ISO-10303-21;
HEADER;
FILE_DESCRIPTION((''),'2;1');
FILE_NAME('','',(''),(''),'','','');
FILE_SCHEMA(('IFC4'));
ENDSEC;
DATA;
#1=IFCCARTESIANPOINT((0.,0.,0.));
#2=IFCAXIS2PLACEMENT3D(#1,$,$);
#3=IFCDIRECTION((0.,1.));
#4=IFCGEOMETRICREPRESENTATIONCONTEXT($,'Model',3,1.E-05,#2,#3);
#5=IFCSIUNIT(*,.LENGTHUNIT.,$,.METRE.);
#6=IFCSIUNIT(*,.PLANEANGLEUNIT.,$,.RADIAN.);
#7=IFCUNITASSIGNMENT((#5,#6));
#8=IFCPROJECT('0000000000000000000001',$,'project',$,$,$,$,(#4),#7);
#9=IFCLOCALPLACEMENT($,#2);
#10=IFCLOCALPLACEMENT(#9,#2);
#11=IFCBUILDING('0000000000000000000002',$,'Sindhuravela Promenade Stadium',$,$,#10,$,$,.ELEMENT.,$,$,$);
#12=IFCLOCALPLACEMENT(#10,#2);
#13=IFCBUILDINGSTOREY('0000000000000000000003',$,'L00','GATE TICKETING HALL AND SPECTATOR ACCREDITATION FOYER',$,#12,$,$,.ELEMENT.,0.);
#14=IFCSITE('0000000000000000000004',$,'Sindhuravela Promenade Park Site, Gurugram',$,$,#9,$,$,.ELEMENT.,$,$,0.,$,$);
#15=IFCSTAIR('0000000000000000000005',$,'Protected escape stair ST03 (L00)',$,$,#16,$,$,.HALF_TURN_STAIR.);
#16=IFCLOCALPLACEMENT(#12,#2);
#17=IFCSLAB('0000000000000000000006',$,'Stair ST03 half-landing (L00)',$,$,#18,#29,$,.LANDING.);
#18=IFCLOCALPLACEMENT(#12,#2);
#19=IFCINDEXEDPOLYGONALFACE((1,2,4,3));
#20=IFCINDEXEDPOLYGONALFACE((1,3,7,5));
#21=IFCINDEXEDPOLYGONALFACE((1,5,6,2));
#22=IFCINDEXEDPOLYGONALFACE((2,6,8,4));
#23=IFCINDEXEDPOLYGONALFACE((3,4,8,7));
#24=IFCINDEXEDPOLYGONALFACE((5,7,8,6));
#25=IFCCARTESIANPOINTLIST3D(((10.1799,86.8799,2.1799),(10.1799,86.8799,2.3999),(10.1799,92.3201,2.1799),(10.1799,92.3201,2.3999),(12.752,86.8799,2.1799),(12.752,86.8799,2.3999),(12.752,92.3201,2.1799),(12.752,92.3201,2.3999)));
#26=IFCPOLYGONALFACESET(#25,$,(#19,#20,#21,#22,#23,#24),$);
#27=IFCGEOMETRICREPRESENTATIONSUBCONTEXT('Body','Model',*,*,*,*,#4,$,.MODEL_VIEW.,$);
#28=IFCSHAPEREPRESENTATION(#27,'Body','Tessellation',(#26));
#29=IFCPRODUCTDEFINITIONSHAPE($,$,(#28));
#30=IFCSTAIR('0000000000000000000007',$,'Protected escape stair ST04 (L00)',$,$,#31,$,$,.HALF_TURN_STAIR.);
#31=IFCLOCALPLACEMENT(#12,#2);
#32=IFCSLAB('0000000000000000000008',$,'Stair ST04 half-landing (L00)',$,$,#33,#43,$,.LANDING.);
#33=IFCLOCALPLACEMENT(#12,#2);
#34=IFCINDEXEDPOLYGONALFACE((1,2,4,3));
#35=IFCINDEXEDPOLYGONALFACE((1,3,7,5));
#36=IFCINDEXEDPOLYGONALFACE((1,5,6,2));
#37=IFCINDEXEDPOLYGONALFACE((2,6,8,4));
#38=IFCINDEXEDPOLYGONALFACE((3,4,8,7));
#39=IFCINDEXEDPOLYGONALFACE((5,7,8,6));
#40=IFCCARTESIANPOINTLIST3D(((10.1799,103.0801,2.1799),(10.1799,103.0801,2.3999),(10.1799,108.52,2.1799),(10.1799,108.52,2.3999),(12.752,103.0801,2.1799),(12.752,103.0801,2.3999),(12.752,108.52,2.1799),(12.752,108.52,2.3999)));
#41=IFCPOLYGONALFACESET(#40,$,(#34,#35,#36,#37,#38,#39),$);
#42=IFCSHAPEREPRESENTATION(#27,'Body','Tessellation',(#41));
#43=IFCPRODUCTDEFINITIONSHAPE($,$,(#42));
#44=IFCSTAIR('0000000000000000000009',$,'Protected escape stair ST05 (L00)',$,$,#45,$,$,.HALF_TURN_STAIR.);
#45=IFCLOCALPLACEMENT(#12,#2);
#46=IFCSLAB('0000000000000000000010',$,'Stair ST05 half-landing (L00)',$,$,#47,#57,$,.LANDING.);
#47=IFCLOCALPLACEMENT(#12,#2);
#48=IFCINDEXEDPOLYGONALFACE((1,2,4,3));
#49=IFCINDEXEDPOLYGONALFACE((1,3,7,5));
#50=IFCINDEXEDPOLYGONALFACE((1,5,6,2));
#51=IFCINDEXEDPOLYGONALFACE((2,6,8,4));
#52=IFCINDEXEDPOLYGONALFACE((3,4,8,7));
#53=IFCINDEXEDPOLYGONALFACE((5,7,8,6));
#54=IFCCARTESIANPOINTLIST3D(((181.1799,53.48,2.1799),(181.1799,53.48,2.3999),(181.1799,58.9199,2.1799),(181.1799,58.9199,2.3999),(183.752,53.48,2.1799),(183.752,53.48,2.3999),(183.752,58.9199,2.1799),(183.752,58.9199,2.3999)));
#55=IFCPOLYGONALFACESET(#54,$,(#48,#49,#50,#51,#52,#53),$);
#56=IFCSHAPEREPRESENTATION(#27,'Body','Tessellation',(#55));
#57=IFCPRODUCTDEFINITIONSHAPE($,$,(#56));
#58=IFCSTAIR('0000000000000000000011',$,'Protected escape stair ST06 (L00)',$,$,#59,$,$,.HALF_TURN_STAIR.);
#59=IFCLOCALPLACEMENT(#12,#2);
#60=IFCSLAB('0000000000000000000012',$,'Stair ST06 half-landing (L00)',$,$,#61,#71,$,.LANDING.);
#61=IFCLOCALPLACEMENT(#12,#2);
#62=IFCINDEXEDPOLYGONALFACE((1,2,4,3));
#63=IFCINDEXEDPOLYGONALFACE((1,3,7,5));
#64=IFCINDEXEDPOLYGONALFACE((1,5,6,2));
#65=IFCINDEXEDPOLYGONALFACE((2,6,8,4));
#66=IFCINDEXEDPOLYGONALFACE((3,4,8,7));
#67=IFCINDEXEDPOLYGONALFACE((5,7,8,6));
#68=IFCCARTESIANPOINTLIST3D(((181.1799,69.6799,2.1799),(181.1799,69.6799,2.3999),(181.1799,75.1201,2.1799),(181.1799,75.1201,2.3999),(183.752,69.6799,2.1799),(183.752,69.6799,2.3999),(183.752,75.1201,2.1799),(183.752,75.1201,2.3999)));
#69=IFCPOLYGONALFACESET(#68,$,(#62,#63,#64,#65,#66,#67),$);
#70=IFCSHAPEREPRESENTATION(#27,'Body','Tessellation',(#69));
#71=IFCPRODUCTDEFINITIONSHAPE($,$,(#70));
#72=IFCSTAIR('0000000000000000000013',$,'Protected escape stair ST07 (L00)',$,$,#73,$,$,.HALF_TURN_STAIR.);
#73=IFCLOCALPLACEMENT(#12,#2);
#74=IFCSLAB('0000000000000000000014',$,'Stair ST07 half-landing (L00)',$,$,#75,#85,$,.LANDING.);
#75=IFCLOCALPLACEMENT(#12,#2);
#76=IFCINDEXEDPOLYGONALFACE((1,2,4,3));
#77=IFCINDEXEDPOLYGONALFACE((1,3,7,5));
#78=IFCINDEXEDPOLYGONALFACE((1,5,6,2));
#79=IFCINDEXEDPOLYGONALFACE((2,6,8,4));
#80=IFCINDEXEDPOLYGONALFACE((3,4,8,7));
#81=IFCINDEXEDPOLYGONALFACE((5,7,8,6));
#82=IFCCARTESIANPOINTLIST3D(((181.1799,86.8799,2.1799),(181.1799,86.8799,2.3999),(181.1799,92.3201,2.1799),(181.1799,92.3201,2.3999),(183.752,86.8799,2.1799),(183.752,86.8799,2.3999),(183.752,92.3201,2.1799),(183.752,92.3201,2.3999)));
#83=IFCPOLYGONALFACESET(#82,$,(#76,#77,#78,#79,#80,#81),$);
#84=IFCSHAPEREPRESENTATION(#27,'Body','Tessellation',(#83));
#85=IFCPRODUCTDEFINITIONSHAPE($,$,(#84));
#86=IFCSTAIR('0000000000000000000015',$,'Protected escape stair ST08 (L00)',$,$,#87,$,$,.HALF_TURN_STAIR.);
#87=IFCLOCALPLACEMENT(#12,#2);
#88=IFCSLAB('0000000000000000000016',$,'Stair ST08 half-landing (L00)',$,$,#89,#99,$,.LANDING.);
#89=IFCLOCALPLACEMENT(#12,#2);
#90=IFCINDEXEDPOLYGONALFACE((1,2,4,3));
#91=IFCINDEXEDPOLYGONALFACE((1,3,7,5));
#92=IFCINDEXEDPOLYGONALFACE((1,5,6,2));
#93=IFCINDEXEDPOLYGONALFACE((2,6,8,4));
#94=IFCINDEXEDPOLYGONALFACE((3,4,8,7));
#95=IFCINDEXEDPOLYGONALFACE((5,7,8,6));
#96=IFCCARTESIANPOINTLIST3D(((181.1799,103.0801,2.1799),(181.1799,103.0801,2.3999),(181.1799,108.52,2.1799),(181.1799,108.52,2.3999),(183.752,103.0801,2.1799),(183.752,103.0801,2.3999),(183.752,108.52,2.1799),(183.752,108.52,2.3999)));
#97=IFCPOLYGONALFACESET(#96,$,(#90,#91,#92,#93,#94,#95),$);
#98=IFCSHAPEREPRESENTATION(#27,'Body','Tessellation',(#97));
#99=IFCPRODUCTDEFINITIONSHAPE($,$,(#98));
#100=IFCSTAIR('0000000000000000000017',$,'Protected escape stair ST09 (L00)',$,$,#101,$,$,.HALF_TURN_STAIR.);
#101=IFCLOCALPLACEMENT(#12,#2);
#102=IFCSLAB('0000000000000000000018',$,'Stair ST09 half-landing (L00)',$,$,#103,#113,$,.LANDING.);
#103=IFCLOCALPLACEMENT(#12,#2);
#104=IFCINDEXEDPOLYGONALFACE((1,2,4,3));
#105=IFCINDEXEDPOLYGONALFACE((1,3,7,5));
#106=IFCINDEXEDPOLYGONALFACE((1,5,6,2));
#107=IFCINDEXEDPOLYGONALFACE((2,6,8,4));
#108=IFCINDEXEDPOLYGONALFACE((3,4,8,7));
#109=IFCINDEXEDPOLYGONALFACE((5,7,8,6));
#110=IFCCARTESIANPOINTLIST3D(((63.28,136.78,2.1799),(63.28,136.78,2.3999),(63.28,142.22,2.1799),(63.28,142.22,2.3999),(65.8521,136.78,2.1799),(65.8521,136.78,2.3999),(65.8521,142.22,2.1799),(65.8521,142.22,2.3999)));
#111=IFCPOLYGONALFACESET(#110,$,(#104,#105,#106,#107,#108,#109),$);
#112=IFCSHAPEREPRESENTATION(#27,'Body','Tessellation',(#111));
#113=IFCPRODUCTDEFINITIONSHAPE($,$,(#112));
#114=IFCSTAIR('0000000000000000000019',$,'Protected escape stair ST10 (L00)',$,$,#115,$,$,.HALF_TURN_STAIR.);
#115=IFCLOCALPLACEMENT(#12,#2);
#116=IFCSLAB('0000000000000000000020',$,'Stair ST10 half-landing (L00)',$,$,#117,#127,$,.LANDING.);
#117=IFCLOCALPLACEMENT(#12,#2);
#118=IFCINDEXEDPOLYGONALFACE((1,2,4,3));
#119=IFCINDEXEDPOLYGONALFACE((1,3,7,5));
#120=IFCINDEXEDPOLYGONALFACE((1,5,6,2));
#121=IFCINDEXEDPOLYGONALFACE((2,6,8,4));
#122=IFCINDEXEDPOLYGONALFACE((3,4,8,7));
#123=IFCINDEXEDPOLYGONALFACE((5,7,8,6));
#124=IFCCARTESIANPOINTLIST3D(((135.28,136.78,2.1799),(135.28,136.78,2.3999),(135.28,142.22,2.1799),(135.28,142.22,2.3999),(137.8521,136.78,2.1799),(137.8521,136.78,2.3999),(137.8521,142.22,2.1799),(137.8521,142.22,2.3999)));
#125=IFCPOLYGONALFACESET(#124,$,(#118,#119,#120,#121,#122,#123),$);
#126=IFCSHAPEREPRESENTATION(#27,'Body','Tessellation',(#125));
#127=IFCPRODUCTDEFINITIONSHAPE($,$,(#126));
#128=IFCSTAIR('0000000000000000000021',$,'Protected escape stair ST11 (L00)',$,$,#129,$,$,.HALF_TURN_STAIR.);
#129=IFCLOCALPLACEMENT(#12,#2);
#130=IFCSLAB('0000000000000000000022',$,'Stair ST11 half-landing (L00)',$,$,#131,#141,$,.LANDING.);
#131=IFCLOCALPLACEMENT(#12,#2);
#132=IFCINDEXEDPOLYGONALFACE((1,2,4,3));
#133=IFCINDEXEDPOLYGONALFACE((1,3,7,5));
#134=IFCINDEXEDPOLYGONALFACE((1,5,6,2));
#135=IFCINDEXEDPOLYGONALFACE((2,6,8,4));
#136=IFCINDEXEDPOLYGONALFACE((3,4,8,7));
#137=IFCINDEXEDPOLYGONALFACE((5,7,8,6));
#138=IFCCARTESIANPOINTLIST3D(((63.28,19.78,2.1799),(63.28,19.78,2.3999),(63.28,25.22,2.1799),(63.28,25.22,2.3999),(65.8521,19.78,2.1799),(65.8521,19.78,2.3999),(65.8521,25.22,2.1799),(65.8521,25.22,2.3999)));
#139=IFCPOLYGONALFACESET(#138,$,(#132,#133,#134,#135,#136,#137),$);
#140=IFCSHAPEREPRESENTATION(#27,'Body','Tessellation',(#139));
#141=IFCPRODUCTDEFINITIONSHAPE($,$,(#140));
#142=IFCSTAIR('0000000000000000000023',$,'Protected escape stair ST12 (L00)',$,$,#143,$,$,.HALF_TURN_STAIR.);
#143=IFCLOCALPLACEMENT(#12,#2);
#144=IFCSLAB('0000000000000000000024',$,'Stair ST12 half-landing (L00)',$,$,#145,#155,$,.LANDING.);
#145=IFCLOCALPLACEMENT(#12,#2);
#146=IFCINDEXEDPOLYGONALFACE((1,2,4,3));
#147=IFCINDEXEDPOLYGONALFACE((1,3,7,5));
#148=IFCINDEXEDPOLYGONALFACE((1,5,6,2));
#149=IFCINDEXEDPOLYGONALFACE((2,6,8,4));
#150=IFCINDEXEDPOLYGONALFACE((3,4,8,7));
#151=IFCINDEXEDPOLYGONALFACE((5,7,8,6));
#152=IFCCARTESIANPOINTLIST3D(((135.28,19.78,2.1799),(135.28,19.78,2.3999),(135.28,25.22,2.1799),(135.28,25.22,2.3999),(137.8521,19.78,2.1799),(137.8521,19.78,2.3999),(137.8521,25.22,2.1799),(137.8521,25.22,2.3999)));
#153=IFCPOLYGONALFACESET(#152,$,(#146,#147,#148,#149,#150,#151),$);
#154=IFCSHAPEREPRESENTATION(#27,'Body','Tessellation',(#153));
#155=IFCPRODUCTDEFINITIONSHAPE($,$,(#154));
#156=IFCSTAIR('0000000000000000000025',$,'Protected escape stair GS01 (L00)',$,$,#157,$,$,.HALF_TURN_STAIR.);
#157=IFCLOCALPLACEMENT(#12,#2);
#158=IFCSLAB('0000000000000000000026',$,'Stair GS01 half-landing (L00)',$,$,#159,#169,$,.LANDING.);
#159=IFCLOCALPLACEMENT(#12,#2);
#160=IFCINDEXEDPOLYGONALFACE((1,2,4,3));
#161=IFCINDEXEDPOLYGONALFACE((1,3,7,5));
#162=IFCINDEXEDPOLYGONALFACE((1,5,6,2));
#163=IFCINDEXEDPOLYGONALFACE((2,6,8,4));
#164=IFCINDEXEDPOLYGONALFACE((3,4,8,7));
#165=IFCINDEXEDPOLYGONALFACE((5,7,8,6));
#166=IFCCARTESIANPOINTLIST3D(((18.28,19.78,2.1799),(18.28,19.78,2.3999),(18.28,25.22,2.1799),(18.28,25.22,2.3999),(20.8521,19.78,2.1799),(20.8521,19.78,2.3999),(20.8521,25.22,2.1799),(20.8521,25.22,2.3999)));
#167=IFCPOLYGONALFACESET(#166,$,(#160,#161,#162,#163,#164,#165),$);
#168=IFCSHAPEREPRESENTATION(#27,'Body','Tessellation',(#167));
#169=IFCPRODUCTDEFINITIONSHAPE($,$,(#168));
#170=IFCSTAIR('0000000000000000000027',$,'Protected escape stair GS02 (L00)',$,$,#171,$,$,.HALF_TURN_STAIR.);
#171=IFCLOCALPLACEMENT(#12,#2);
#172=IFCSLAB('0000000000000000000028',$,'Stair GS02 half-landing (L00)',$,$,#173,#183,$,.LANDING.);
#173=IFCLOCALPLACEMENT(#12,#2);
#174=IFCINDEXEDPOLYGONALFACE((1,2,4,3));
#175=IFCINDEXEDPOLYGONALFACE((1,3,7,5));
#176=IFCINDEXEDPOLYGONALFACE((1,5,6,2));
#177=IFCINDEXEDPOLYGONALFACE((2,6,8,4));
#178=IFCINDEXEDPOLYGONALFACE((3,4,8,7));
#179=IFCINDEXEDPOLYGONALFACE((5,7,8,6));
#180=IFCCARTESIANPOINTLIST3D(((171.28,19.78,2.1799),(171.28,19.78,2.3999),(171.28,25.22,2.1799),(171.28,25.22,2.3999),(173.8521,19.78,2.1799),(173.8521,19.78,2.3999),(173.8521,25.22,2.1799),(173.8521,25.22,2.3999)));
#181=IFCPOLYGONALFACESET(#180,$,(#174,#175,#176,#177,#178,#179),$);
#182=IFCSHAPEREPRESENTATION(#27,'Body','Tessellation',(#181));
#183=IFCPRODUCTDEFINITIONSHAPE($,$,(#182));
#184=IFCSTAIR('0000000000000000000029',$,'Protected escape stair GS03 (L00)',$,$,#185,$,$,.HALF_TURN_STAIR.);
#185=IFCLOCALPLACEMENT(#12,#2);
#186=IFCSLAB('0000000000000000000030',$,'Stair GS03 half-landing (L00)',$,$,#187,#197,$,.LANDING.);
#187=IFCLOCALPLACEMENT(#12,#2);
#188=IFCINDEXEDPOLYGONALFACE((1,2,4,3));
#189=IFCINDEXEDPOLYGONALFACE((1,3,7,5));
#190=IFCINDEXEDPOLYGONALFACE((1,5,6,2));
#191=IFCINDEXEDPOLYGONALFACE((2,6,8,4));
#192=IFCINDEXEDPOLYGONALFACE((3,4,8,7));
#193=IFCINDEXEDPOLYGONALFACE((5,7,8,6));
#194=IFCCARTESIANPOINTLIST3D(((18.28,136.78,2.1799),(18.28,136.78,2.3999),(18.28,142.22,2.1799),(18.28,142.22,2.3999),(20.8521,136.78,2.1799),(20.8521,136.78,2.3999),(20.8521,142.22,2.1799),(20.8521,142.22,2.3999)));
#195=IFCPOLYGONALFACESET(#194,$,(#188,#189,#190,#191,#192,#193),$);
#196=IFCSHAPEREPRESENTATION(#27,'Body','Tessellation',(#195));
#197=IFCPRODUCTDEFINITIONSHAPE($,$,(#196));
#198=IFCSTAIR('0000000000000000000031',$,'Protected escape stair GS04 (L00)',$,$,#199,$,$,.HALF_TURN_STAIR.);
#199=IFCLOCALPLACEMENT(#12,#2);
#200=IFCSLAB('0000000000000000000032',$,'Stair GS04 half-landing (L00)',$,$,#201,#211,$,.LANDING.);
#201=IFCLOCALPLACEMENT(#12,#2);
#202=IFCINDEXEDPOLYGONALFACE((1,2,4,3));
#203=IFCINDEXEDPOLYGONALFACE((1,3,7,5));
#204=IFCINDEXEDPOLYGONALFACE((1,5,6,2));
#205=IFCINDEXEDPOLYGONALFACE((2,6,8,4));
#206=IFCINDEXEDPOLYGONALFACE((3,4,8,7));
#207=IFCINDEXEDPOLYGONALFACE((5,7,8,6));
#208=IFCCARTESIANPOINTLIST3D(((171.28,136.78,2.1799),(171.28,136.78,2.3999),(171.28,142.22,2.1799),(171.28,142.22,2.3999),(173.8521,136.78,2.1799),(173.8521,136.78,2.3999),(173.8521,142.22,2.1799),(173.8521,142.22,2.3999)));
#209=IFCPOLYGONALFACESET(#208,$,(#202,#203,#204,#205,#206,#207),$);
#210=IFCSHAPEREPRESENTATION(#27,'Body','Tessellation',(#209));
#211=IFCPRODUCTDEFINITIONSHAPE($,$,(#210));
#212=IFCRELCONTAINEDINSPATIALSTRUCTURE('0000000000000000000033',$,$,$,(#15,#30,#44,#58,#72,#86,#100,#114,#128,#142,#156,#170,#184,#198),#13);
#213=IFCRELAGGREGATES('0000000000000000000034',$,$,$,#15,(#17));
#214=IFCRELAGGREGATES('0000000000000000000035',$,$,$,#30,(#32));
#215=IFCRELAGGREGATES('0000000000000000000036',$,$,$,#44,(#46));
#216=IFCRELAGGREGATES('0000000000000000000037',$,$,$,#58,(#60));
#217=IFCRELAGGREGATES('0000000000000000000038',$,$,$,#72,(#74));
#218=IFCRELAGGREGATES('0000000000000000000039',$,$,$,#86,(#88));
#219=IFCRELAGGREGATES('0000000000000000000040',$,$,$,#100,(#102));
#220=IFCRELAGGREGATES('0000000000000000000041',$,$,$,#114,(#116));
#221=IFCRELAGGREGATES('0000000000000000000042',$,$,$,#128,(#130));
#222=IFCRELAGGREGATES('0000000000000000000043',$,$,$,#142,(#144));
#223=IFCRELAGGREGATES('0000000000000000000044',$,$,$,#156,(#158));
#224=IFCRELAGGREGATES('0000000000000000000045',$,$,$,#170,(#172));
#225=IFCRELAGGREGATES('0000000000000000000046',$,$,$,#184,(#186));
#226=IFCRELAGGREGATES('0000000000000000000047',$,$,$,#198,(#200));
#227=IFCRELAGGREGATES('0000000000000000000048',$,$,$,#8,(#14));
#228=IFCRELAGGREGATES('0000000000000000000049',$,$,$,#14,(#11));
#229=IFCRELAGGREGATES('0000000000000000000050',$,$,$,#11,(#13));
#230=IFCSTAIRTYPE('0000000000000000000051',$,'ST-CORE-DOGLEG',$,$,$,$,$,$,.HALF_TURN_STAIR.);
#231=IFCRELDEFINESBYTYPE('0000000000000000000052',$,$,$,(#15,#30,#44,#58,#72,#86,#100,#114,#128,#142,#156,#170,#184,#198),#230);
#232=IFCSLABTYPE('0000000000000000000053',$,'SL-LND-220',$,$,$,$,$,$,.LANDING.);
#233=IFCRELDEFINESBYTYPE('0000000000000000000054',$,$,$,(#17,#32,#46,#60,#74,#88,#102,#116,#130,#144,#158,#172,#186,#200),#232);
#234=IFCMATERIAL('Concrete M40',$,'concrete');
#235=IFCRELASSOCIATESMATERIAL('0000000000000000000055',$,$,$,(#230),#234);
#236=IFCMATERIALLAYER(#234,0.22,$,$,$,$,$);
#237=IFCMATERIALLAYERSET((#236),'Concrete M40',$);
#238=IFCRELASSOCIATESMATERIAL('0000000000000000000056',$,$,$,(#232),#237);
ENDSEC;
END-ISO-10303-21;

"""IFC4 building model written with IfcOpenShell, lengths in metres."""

from ifc_helpers import new_model, si_unit, direction, frame, origin, place, context, subcontext, project, spatial, polyline, outline, extrude, material, layer, layer_set, type_object, element, aggregate, save


model = new_model("IFC4")

# Units and contexts
model_context = context("Model", 3, precision=1e-05, world=origin(), true_north=direction((0.0, 1.0)))
body_context = subcontext(model_context, "Body", "Model", "MODEL_VIEW")
ifc_project = project(units=[si_unit("LENGTHUNIT", "METRE"), si_unit("PLANEANGLEUNIT", "RADIAN")], contexts=[model_context])

# Site, building, storey
site_placement = place(None, origin())
site = spatial("IfcSite", under=ifc_project, at=site_placement, Name="Sindhuravela Promenade Park Site, Gurugram", CompositionType="ELEMENT", RefElevation=0.0)
building_placement = place(site_placement, origin())
building = spatial("IfcBuilding", under=site, at=building_placement, Name="Sindhuravela Promenade Stadium", CompositionType="ELEMENT")
storey_placement = place(building_placement, origin())
storey = spatial("IfcBuildingStorey", under=building, at=storey_placement, Name="L00", Description="GATE TICKETING HALL AND SPECTATOR ACCREDITATION FOYER", CompositionType="ELEMENT", Elevation=0.0)

# Stairs, slabs
ifc_material_1 = material(Name="Concrete M40", Category="concrete")
stair_type = type_object("IfcStairType", Name="ST-CORE-DOGLEG", PredefinedType="HALF_TURN_STAIR", material=ifc_material_1)
stair_1_placement = place(storey_placement, origin())
stair_1 = element("IfcStair", 1, at=stair_1_placement, inside=storey, type_object=stair_type, Name="Protected escape stair ST03 (L00)", PredefinedType="HALF_TURN_STAIR")
ifc_layer_1 = layer(ifc_material_1, 0.22)
ifc_layer_set_1 = layer_set([ifc_layer_1], Name="Concrete M40")
slab_type = type_object("IfcSlabType", Name="SL-LND-220", PredefinedType="LANDING", material=ifc_layer_set_1)
slab_1_placement = place(storey_placement, frame((0.0, 0.0, 2.1799)))
slab_1 = element("IfcSlab", 2, at=slab_1_placement, type_object=slab_type, Name="Stair ST03 half-landing (L00)", PredefinedType="LANDING", context=body_context, shape_type="SweptSolid", body=[
    extrude(outline(polyline([(10.1799, 86.8799), (12.752, 86.8799), (12.752, 92.3201), (10.1799, 92.3201), (10.1799, 86.8799)])), origin(), (0.0, 0.0, 1.0), 0.22),
])
aggregate(stair_1, [slab_1])
stair_2_placement = place(storey_placement, origin())
stair_2 = element("IfcStair", 3, at=stair_2_placement, inside=storey, type_object=stair_type, Name="Protected escape stair ST04 (L00)", PredefinedType="HALF_TURN_STAIR")
slab_2_placement = place(storey_placement, frame((0.0, 0.0, 2.1799)))
slab_2 = element("IfcSlab", 4, at=slab_2_placement, type_object=slab_type, Name="Stair ST04 half-landing (L00)", PredefinedType="LANDING", context=body_context, shape_type="SweptSolid", body=[
    extrude(outline(polyline([(10.1799, 103.0801), (12.752, 103.0801), (12.752, 108.52), (10.1799, 108.52), (10.1799, 103.0801)])), origin(), (0.0, 0.0, 1.0), 0.22),
])
aggregate(stair_2, [slab_2])
stair_3_placement = place(storey_placement, origin())
stair_3 = element("IfcStair", 5, at=stair_3_placement, inside=storey, type_object=stair_type, Name="Protected escape stair ST05 (L00)", PredefinedType="HALF_TURN_STAIR")
slab_3_placement = place(storey_placement, frame((0.0, 0.0, 2.1799)))
slab_3 = element("IfcSlab", 6, at=slab_3_placement, type_object=slab_type, Name="Stair ST05 half-landing (L00)", PredefinedType="LANDING", context=body_context, shape_type="SweptSolid", body=[
    extrude(outline(polyline([(181.1799, 53.48), (183.752, 53.48), (183.752, 58.9199), (181.1799, 58.9199), (181.1799, 53.48)])), origin(), (0.0, 0.0, 1.0), 0.22),
])
aggregate(stair_3, [slab_3])
stair_4_placement = place(storey_placement, origin())
stair_4 = element("IfcStair", 7, at=stair_4_placement, inside=storey, type_object=stair_type, Name="Protected escape stair ST06 (L00)", PredefinedType="HALF_TURN_STAIR")
slab_4_placement = place(storey_placement, frame((0.0, 0.0, 2.1799)))
slab_4 = element("IfcSlab", 8, at=slab_4_placement, type_object=slab_type, Name="Stair ST06 half-landing (L00)", PredefinedType="LANDING", context=body_context, shape_type="SweptSolid", body=[
    extrude(outline(polyline([(181.1799, 69.6799), (183.752, 69.6799), (183.752, 75.1201), (181.1799, 75.1201), (181.1799, 69.6799)])), origin(), (0.0, 0.0, 1.0), 0.22),
])
aggregate(stair_4, [slab_4])
stair_5_placement = place(storey_placement, origin())
stair_5 = element("IfcStair", 9, at=stair_5_placement, inside=storey, type_object=stair_type, Name="Protected escape stair ST07 (L00)", PredefinedType="HALF_TURN_STAIR")
slab_5_placement = place(storey_placement, frame((0.0, 0.0, 2.1799)))
slab_5 = element("IfcSlab", 10, at=slab_5_placement, type_object=slab_type, Name="Stair ST07 half-landing (L00)", PredefinedType="LANDING", context=body_context, shape_type="SweptSolid", body=[
    extrude(outline(polyline([(181.1799, 86.8799), (183.752, 86.8799), (183.752, 92.3201), (181.1799, 92.3201), (181.1799, 86.8799)])), origin(), (0.0, 0.0, 1.0), 0.22),
])
aggregate(stair_5, [slab_5])
stair_6_placement = place(storey_placement, origin())
stair_6 = element("IfcStair", 11, at=stair_6_placement, inside=storey, type_object=stair_type, Name="Protected escape stair ST08 (L00)", PredefinedType="HALF_TURN_STAIR")
slab_6_placement = place(storey_placement, frame((0.0, 0.0, 2.1799)))
slab_6 = element("IfcSlab", 12, at=slab_6_placement, type_object=slab_type, Name="Stair ST08 half-landing (L00)", PredefinedType="LANDING", context=body_context, shape_type="SweptSolid", body=[
    extrude(outline(polyline([(181.1799, 103.0801), (183.752, 103.0801), (183.752, 108.52), (181.1799, 108.52), (181.1799, 103.0801)])), origin(), (0.0, 0.0, 1.0), 0.22),
])
aggregate(stair_6, [slab_6])
stair_7_placement = place(storey_placement, origin())
stair_7 = element("IfcStair", 13, at=stair_7_placement, inside=storey, type_object=stair_type, Name="Protected escape stair ST09 (L00)", PredefinedType="HALF_TURN_STAIR")
slab_7_placement = place(storey_placement, frame((0.0, 0.0, 2.1799)))
slab_7 = element("IfcSlab", 14, at=slab_7_placement, type_object=slab_type, Name="Stair ST09 half-landing (L00)", PredefinedType="LANDING", context=body_context, shape_type="SweptSolid", body=[
    extrude(outline(polyline([(63.28, 136.78), (65.8521, 136.78), (65.8521, 142.22), (63.28, 142.22), (63.28, 136.78)])), origin(), (0.0, 0.0, 1.0), 0.22),
])
aggregate(stair_7, [slab_7])
stair_8_placement = place(storey_placement, origin())
stair_8 = element("IfcStair", 15, at=stair_8_placement, inside=storey, type_object=stair_type, Name="Protected escape stair ST10 (L00)", PredefinedType="HALF_TURN_STAIR")
slab_8_placement = place(storey_placement, frame((0.0, 0.0, 2.1799)))
slab_8 = element("IfcSlab", 16, at=slab_8_placement, type_object=slab_type, Name="Stair ST10 half-landing (L00)", PredefinedType="LANDING", context=body_context, shape_type="SweptSolid", body=[
    extrude(outline(polyline([(135.28, 136.78), (137.8521, 136.78), (137.8521, 142.22), (135.28, 142.22), (135.28, 136.78)])), origin(), (0.0, 0.0, 1.0), 0.22),
])
aggregate(stair_8, [slab_8])
stair_9_placement = place(storey_placement, origin())
stair_9 = element("IfcStair", 17, at=stair_9_placement, inside=storey, type_object=stair_type, Name="Protected escape stair ST11 (L00)", PredefinedType="HALF_TURN_STAIR")
slab_9_placement = place(storey_placement, frame((0.0, 0.0, 2.1799)))
slab_9 = element("IfcSlab", 18, at=slab_9_placement, type_object=slab_type, Name="Stair ST11 half-landing (L00)", PredefinedType="LANDING", context=body_context, shape_type="SweptSolid", body=[
    extrude(outline(polyline([(63.28, 19.78), (65.8521, 19.78), (65.8521, 25.22), (63.28, 25.22), (63.28, 19.78)])), origin(), (0.0, 0.0, 1.0), 0.22),
])
aggregate(stair_9, [slab_9])
stair_10_placement = place(storey_placement, origin())
stair_10 = element("IfcStair", 19, at=stair_10_placement, inside=storey, type_object=stair_type, Name="Protected escape stair ST12 (L00)", PredefinedType="HALF_TURN_STAIR")
slab_10_placement = place(storey_placement, frame((0.0, 0.0, 2.1799)))
slab_10 = element("IfcSlab", 20, at=slab_10_placement, type_object=slab_type, Name="Stair ST12 half-landing (L00)", PredefinedType="LANDING", context=body_context, shape_type="SweptSolid", body=[
    extrude(outline(polyline([(135.28, 19.78), (137.8521, 19.78), (137.8521, 25.22), (135.28, 25.22), (135.28, 19.78)])), origin(), (0.0, 0.0, 1.0), 0.22),
])
aggregate(stair_10, [slab_10])
stair_11_placement = place(storey_placement, origin())
stair_11 = element("IfcStair", 21, at=stair_11_placement, inside=storey, type_object=stair_type, Name="Protected escape stair GS01 (L00)", PredefinedType="HALF_TURN_STAIR")
slab_11_placement = place(storey_placement, frame((0.0, 0.0, 2.1799)))
slab_11 = element("IfcSlab", 22, at=slab_11_placement, type_object=slab_type, Name="Stair GS01 half-landing (L00)", PredefinedType="LANDING", context=body_context, shape_type="SweptSolid", body=[
    extrude(outline(polyline([(18.28, 19.78), (20.8521, 19.78), (20.8521, 25.22), (18.28, 25.22), (18.28, 19.78)])), origin(), (0.0, 0.0, 1.0), 0.22),
])
aggregate(stair_11, [slab_11])
stair_12_placement = place(storey_placement, origin())
stair_12 = element("IfcStair", 23, at=stair_12_placement, inside=storey, type_object=stair_type, Name="Protected escape stair GS02 (L00)", PredefinedType="HALF_TURN_STAIR")
slab_12_placement = place(storey_placement, frame((0.0, 0.0, 2.1799)))
slab_12 = element("IfcSlab", 24, at=slab_12_placement, type_object=slab_type, Name="Stair GS02 half-landing (L00)", PredefinedType="LANDING", context=body_context, shape_type="SweptSolid", body=[
    extrude(outline(polyline([(171.28, 19.78), (173.8521, 19.78), (173.8521, 25.22), (171.28, 25.22), (171.28, 19.78)])), origin(), (0.0, 0.0, 1.0), 0.22),
])
aggregate(stair_12, [slab_12])
stair_13_placement = place(storey_placement, origin())
stair_13 = element("IfcStair", 25, at=stair_13_placement, inside=storey, type_object=stair_type, Name="Protected escape stair GS03 (L00)", PredefinedType="HALF_TURN_STAIR")
slab_13_placement = place(storey_placement, frame((0.0, 0.0, 2.1799)))
slab_13 = element("IfcSlab", 26, at=slab_13_placement, type_object=slab_type, Name="Stair GS03 half-landing (L00)", PredefinedType="LANDING", context=body_context, shape_type="SweptSolid", body=[
    extrude(outline(polyline([(18.28, 136.78), (20.8521, 136.78), (20.8521, 142.22), (18.28, 142.22), (18.28, 136.78)])), origin(), (0.0, 0.0, 1.0), 0.22),
])
aggregate(stair_13, [slab_13])
stair_14_placement = place(storey_placement, origin())
stair_14 = element("IfcStair", 27, at=stair_14_placement, inside=storey, type_object=stair_type, Name="Protected escape stair GS04 (L00)", PredefinedType="HALF_TURN_STAIR")
slab_14_placement = place(storey_placement, frame((0.0, 0.0, 2.1799)))
slab_14 = element("IfcSlab", 28, at=slab_14_placement, type_object=slab_type, Name="Stair GS04 half-landing (L00)", PredefinedType="LANDING", context=body_context, shape_type="SweptSolid", body=[
    extrude(outline(polyline([(171.28, 136.78), (173.8521, 136.78), (173.8521, 142.22), (171.28, 142.22), (171.28, 136.78)])), origin(), (0.0, 0.0, 1.0), 0.22),
])
aggregate(stair_14, [slab_14])

save(model, "model.ifc")
